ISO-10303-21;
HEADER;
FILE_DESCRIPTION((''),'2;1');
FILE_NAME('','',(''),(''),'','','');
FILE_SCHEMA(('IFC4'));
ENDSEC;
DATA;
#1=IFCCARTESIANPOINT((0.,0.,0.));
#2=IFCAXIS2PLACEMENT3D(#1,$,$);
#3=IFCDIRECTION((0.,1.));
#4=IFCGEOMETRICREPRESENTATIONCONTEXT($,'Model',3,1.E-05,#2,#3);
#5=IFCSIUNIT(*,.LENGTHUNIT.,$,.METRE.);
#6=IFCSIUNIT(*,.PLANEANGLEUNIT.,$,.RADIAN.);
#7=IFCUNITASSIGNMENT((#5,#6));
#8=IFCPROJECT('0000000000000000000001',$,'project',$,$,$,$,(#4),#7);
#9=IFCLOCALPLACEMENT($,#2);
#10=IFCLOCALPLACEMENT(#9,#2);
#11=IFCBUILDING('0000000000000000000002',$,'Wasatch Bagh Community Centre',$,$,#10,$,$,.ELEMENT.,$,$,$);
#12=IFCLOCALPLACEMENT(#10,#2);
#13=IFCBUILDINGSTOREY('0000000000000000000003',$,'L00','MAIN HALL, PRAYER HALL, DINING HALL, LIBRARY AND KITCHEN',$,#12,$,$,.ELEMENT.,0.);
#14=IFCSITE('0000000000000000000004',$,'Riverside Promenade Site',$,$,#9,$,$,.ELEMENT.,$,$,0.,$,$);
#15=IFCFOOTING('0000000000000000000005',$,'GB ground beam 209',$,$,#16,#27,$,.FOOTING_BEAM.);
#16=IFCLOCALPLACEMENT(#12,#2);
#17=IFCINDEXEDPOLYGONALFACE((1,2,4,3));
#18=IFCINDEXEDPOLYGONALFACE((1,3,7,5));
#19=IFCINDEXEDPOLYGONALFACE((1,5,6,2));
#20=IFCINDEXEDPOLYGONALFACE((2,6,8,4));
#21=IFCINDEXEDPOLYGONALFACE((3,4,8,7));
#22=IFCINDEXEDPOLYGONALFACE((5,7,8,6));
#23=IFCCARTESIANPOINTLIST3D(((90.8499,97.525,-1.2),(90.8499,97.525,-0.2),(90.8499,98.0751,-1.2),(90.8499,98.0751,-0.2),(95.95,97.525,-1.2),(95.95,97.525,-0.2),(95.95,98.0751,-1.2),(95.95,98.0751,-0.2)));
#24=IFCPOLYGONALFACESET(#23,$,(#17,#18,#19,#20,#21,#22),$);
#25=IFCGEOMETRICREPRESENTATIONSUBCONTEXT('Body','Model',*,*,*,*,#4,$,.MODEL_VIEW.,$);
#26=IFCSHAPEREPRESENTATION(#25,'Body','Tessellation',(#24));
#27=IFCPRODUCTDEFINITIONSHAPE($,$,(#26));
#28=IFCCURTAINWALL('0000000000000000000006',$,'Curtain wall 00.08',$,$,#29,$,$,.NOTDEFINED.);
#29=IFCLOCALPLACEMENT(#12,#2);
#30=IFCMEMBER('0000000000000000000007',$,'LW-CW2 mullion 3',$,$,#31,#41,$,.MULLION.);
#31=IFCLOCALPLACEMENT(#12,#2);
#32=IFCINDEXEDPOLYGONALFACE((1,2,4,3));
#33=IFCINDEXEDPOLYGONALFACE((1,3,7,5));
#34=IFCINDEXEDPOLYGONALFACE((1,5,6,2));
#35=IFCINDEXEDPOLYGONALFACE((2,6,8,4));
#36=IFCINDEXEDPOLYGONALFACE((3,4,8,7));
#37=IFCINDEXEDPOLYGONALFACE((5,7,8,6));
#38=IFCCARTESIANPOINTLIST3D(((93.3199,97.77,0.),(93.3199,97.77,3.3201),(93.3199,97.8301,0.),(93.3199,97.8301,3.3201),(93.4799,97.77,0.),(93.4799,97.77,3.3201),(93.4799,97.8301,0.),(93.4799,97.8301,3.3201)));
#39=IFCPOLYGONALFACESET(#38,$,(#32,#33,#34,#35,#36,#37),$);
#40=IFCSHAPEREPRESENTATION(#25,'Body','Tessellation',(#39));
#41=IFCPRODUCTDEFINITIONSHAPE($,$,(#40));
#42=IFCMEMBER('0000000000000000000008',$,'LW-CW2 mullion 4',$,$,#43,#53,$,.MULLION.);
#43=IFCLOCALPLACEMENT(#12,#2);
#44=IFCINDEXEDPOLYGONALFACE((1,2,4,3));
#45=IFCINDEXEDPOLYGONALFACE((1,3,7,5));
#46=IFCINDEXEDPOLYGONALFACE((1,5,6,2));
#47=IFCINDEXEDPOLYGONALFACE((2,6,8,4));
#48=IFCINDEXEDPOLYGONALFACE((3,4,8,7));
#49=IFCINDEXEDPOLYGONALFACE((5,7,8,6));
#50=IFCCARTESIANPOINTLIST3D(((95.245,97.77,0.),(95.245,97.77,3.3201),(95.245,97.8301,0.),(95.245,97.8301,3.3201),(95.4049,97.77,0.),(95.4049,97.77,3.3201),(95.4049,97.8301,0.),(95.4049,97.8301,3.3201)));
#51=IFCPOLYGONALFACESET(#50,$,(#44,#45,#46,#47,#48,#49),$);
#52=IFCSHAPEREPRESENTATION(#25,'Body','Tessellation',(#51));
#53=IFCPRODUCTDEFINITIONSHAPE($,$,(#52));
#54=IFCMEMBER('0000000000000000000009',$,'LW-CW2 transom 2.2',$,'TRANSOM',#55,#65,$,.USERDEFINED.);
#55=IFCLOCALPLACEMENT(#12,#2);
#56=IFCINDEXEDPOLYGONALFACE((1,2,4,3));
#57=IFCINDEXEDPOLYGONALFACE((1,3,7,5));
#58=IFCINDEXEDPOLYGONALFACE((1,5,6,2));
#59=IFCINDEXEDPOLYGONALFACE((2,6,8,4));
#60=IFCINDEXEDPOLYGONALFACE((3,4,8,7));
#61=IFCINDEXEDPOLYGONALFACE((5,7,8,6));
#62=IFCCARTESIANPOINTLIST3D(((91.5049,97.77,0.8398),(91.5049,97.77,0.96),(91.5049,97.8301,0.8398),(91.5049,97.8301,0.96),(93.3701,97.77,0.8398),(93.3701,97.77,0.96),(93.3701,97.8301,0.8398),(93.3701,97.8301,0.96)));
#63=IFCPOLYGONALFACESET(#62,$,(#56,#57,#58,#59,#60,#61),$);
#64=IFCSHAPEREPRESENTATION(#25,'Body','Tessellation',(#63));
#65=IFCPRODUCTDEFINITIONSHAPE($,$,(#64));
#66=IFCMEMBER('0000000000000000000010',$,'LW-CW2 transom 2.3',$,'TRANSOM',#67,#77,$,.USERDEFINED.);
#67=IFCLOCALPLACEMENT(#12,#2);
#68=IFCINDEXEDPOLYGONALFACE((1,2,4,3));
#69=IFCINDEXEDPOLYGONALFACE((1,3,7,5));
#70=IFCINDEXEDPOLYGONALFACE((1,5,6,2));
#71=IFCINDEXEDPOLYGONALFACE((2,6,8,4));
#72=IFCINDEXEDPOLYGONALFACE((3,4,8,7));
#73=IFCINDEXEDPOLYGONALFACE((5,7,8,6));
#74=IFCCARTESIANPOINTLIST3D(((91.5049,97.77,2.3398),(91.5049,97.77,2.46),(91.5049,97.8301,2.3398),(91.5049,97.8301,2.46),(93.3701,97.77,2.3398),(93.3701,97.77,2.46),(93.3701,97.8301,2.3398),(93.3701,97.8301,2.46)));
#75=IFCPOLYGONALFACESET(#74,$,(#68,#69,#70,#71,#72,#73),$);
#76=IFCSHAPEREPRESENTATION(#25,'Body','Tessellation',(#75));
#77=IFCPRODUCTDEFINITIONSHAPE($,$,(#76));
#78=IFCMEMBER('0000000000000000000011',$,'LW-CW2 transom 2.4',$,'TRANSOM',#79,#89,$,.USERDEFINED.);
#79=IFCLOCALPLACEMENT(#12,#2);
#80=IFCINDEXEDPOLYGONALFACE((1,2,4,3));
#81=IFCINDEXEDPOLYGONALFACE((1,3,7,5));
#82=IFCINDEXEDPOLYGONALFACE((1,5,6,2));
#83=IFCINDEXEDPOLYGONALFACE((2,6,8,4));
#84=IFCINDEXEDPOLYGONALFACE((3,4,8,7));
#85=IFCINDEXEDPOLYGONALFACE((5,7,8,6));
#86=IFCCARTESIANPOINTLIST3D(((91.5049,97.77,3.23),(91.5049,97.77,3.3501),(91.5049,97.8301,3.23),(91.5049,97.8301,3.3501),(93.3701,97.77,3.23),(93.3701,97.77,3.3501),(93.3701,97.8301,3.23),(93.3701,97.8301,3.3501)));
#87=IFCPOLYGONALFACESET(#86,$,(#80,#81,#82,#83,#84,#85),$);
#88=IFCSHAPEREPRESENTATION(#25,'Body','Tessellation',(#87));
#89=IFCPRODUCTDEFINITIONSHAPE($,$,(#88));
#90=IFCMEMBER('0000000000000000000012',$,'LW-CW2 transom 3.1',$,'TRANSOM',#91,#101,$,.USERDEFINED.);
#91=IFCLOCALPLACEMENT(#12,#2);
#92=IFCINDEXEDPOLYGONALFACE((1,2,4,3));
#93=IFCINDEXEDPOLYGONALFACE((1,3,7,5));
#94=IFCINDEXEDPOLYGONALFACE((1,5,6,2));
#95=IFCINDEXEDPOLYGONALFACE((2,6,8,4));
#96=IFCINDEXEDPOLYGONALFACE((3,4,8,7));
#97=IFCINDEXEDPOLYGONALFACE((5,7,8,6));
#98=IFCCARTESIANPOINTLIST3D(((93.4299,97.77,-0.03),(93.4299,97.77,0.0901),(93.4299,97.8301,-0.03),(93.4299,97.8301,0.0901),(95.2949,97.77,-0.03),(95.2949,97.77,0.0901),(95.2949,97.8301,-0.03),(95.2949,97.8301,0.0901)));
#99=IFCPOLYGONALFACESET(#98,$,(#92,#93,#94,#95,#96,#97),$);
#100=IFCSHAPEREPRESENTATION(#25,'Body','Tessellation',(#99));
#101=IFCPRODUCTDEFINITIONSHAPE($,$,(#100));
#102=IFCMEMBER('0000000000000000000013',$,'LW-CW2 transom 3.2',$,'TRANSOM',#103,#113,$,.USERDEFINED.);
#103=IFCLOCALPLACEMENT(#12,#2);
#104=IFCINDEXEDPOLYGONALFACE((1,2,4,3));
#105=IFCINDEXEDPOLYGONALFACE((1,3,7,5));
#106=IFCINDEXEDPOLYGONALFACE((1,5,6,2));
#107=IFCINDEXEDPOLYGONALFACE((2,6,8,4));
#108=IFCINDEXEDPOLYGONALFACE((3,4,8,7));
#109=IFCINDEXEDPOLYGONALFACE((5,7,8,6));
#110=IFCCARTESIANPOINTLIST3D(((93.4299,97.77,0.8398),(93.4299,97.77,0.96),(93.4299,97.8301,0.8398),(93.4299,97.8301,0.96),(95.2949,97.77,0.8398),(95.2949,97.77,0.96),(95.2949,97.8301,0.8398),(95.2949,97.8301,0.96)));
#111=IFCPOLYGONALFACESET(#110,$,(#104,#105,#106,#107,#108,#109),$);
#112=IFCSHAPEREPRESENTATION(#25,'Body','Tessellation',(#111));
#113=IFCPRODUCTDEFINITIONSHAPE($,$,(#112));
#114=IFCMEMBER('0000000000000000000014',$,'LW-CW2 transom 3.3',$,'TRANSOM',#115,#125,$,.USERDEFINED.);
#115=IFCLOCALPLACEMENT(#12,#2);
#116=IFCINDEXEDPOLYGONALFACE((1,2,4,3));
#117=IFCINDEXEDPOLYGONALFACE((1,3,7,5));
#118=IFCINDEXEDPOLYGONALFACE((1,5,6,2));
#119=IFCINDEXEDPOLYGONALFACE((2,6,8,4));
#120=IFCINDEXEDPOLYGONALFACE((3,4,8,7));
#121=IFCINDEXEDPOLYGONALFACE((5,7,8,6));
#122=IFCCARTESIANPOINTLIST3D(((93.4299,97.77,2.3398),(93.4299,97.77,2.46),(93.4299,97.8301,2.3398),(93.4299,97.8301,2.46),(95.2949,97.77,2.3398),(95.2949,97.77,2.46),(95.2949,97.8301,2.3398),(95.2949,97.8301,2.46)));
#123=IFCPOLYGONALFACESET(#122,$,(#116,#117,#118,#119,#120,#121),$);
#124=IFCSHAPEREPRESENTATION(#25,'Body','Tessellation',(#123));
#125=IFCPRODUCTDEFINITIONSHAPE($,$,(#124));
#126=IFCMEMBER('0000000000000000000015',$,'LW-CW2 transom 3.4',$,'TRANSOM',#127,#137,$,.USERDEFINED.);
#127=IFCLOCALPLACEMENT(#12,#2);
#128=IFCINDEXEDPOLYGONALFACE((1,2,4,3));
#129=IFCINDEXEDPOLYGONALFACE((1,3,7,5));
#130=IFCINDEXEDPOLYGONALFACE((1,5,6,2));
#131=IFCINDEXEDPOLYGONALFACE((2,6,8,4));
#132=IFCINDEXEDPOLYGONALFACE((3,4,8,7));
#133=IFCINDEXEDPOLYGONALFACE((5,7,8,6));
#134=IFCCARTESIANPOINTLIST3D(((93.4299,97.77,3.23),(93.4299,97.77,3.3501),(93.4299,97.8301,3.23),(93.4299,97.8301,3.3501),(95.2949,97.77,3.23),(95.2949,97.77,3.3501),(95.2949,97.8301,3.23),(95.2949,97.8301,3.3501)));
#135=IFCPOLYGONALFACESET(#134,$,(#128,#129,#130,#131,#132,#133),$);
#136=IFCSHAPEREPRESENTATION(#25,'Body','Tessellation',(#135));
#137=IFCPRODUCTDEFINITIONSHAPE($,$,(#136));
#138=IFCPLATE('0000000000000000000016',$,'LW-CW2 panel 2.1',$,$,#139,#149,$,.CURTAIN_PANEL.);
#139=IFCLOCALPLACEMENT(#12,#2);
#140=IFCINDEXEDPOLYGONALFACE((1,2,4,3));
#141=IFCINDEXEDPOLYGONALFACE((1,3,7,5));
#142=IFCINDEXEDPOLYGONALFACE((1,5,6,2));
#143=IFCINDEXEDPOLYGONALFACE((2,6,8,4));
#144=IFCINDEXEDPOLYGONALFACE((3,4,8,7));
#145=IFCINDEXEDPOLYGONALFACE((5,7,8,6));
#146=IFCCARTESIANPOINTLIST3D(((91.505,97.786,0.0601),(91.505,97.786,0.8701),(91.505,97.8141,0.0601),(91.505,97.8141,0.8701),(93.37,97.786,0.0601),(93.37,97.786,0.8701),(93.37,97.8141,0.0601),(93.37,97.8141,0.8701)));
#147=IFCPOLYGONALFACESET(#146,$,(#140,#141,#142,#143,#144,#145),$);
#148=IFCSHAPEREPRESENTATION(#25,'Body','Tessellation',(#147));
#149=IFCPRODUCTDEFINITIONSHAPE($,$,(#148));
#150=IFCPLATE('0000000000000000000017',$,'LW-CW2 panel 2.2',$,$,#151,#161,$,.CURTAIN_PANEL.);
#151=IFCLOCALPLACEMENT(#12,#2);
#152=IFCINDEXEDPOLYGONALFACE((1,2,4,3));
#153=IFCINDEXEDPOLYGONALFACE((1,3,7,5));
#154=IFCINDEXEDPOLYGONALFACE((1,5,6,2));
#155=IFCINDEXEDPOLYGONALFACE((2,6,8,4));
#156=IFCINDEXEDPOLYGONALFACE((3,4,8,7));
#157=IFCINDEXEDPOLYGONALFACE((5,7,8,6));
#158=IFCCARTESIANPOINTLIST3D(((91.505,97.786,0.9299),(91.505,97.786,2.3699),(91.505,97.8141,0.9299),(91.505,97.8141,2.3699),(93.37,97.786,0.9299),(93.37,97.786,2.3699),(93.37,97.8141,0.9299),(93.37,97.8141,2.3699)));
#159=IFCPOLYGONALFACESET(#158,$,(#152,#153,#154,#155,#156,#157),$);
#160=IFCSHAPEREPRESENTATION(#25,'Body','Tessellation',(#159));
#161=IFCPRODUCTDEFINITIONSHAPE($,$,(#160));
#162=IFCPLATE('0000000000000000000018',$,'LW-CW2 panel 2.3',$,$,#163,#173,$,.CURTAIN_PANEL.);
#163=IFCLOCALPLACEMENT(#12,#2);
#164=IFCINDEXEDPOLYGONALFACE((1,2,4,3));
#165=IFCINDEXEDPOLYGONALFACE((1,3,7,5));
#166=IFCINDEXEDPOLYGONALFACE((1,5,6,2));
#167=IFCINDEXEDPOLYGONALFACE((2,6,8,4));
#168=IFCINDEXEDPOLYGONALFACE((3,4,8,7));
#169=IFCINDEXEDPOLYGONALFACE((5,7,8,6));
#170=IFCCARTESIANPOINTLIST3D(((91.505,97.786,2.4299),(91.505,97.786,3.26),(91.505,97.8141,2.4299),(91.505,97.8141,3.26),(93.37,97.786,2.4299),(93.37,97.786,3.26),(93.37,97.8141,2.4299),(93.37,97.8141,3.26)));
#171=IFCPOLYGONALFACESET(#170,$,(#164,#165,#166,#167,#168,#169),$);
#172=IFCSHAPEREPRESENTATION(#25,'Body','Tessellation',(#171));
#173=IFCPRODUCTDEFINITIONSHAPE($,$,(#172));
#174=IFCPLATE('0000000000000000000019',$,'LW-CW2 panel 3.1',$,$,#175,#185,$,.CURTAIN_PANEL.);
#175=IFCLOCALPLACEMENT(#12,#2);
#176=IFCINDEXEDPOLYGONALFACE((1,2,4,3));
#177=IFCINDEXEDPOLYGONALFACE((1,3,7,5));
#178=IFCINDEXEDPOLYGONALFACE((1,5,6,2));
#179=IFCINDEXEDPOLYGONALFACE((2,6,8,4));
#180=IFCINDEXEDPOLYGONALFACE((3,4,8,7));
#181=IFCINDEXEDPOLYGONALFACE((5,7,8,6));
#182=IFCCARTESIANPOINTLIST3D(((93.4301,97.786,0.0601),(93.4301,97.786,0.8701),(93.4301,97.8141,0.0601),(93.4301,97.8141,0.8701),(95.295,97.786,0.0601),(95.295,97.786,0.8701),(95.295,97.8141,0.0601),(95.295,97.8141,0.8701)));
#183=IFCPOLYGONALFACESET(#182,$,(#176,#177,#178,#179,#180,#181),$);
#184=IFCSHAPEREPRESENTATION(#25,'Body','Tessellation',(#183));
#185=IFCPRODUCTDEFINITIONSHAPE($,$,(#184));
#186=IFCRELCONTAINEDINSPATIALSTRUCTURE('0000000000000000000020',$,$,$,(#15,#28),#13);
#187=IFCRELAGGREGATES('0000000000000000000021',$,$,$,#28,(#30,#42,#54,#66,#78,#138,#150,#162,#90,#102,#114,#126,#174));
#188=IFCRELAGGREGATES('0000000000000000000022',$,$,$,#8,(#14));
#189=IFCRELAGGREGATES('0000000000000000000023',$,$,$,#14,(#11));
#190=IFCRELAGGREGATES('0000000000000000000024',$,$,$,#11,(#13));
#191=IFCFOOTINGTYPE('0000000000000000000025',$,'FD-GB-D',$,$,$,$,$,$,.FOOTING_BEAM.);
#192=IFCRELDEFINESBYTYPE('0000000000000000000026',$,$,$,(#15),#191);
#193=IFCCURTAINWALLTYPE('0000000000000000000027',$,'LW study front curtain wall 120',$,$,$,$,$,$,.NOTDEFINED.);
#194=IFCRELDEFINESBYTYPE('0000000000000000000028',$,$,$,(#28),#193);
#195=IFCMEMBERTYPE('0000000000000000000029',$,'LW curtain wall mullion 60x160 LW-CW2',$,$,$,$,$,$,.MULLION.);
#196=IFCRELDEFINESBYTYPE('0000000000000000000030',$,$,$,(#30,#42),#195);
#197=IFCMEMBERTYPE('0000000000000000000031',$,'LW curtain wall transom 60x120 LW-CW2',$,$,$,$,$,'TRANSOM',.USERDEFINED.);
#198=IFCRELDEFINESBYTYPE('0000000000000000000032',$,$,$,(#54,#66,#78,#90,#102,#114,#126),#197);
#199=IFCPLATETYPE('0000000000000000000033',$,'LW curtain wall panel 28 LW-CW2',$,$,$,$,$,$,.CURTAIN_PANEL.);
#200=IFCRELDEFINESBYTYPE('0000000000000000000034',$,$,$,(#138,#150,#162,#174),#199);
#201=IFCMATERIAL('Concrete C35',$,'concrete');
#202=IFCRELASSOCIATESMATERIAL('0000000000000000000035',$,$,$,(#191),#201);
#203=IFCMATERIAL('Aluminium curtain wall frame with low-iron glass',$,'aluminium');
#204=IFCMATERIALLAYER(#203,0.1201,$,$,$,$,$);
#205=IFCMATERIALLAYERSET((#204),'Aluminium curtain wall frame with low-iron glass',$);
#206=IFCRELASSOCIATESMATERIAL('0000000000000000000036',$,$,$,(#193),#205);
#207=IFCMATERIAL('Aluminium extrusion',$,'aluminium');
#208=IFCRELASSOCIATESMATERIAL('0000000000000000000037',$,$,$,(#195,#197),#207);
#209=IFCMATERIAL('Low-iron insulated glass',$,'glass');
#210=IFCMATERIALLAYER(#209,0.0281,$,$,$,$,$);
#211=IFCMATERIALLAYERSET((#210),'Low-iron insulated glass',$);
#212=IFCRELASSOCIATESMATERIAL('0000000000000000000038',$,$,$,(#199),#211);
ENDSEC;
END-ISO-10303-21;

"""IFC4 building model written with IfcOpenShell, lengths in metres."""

from ifc_helpers import new_model, si_unit, direction, frame, origin, origin_2d, place, context, subcontext, project, spatial, rectangle, extrude, material, layer, layer_set, material_profile, profile_set, type_object, element, aggregate, save


model = new_model("IFC4")

# Units and contexts
model_context = context("Model", 3, precision=1e-05, world=origin(), true_north=direction((0.0, 1.0)))
body_context = subcontext(model_context, "Body", "Model", "MODEL_VIEW")
ifc_project = project(units=[si_unit("LENGTHUNIT", "METRE"), si_unit("PLANEANGLEUNIT", "RADIAN")], contexts=[model_context])

# Site, building, storey
site_placement = place(None, origin())
site = spatial("IfcSite", under=ifc_project, at=site_placement, Name="Riverside Promenade Site", CompositionType="ELEMENT", RefElevation=0.0)
building_placement = place(site_placement, origin())
building = spatial("IfcBuilding", under=site, at=building_placement, Name="Wasatch Bagh Community Centre", CompositionType="ELEMENT")
storey_placement = place(building_placement, origin())
storey = spatial("IfcBuildingStorey", under=building, at=storey_placement, Name="L00", Description="MAIN HALL, PRAYER HALL, DINING HALL, LIBRARY AND KITCHEN", CompositionType="ELEMENT", Elevation=0.0)

# Footing
ifc_material_1 = material(Name="Concrete C35", Category="concrete")
footing_type = type_object("IfcFootingType", Name="FD-GB-D", PredefinedType="FOOTING_BEAM", material=ifc_material_1)
footing_placement = place(storey_placement, frame((93.3999, 97.8, -1.2), z_axis=(0.0, 0.0, 1.0), x_axis=(1.0, 0.0, 0.0)))
element("IfcFooting", 1, at=footing_placement, inside=storey, type_object=footing_type, Name="GB ground beam 209", PredefinedType="FOOTING_BEAM", context=body_context, shape_type="SweptSolid", body=[
    extrude(rectangle(XDim=5.1001, YDim=0.55, at=origin_2d()), origin(), (0.0, 0.0, 1.0), 1.0),
])

# Curtain wall, members, plates
ifc_material_2 = material(Name="Aluminium curtain wall frame with low-iron glass", Category="aluminium")
ifc_layer_1 = layer(ifc_material_2, 0.1201)
ifc_layer_set_1 = layer_set([ifc_layer_1], Name="Aluminium curtain wall frame with low-iron glass")
curtain_wall_type = type_object("IfcCurtainWallType", Name="LW study front curtain wall 120", PredefinedType="NOTDEFINED", material=ifc_layer_set_1)
curtain_wall_placement = place(storey_placement, origin())
curtain_wall = element("IfcCurtainWall", 2, at=curtain_wall_placement, inside=storey, type_object=curtain_wall_type, Name="Curtain wall 00.08", PredefinedType="NOTDEFINED")
ifc_material_3 = material(Name="Aluminium extrusion", Category="aluminium")
ifc_material_profile_1 = material_profile(ifc_material_3, rectangle(XDim=0.0601, YDim=0.1599, at=origin_2d()), Name="AL 60x160")
ifc_profile_set_1 = profile_set([ifc_material_profile_1], Name="Aluminium extrusion")
member_type_1 = type_object("IfcMemberType", Name="LW curtain wall mullion 60x160 LW-CW2", PredefinedType="MULLION", material=ifc_profile_set_1)
member_1_placement = place(storey_placement, frame((93.3999, 97.8, 0.0), z_axis=(0.0, 0.0, 1.0), x_axis=(0.0, 1.0, 0.0)))
member_1 = element("IfcMember", 3, at=member_1_placement, type_object=member_type_1, Name="LW-CW2 mullion 3", PredefinedType="MULLION", context=body_context, shape_type="SweptSolid", body=[
    extrude(rectangle(XDim=0.0601, YDim=0.1599, at=origin_2d()), origin(), (0.0, 0.0, 1.0), 3.3201),
])
member_2_placement = place(storey_placement, frame((95.325, 97.8, 0.0), z_axis=(0.0, 0.0, 1.0), x_axis=(0.0, 1.0, 0.0)))
member_2 = element("IfcMember", 4, at=member_2_placement, type_object=member_type_1, Name="LW-CW2 mullion 4", PredefinedType="MULLION", context=body_context, shape_type="SweptSolid", body=[
    extrude(rectangle(XDim=0.0601, YDim=0.1599, at=origin_2d()), origin(), (0.0, 0.0, 1.0), 3.3201),
])
ifc_material_profile_2 = material_profile(ifc_material_3, rectangle(XDim=0.0601, YDim=0.1201, at=origin_2d()), Name="AL 60x120")
ifc_profile_set_2 = profile_set([ifc_material_profile_2], Name="Aluminium extrusion")
member_type_2 = type_object("IfcMemberType", Name="LW curtain wall transom 60x120 LW-CW2", ElementType="TRANSOM", PredefinedType="USERDEFINED", material=ifc_profile_set_2)
member_3_placement = place(storey_placement, frame((91.5049, 97.8, 0.8999), z_axis=(1.0, 0.0, 0.0), x_axis=(0.0, 1.0, 0.0)))
member_3 = element("IfcMember", 5, at=member_3_placement, type_object=member_type_2, Name="LW-CW2 transom 2.2", ObjectType="TRANSOM", PredefinedType="USERDEFINED", context=body_context, shape_type="SweptSolid", body=[
    extrude(rectangle(XDim=0.0601, YDim=0.1201, at=origin_2d()), origin(), (0.0, 0.0, 1.0), 1.8652),
])
member_4_placement = place(storey_placement, frame((91.5049, 97.8, 2.3999), z_axis=(1.0, 0.0, 0.0), x_axis=(0.0, 1.0, 0.0)))
member_4 = element("IfcMember", 6, at=member_4_placement, type_object=member_type_2, Name="LW-CW2 transom 2.3", ObjectType="TRANSOM", PredefinedType="USERDEFINED", context=body_context, shape_type="SweptSolid", body=[
    extrude(rectangle(XDim=0.0601, YDim=0.1201, at=origin_2d()), origin(), (0.0, 0.0, 1.0), 1.8652),
])
member_5_placement = place(storey_placement, frame((91.5049, 97.8, 3.29), z_axis=(1.0, 0.0, 0.0), x_axis=(0.0, 1.0, 0.0)))
member_5 = element("IfcMember", 7, at=member_5_placement, type_object=member_type_2, Name="LW-CW2 transom 2.4", ObjectType="TRANSOM", PredefinedType="USERDEFINED", context=body_context, shape_type="SweptSolid", body=[
    extrude(rectangle(XDim=0.0601, YDim=0.1201, at=origin_2d()), origin(), (0.0, 0.0, 1.0), 1.8652),
])
member_6_placement = place(storey_placement, frame((93.4299, 97.8, 0.03), z_axis=(1.0, 0.0, 0.0), x_axis=(0.0, 1.0, 0.0)))
member_6 = element("IfcMember", 8, at=member_6_placement, type_object=member_type_2, Name="LW-CW2 transom 3.1", ObjectType="TRANSOM", PredefinedType="USERDEFINED", context=body_context, shape_type="SweptSolid", body=[
    extrude(rectangle(XDim=0.0601, YDim=0.1201, at=origin_2d()), origin(), (0.0, 0.0, 1.0), 1.865),
])
member_7_placement = place(storey_placement, frame((93.4299, 97.8, 0.8999), z_axis=(1.0, 0.0, 0.0), x_axis=(0.0, 1.0, 0.0)))
member_7 = element("IfcMember", 9, at=member_7_placement, type_object=member_type_2, Name="LW-CW2 transom 3.2", ObjectType="TRANSOM", PredefinedType="USERDEFINED", context=body_context, shape_type="SweptSolid", body=[
    extrude(rectangle(XDim=0.0601, YDim=0.1201, at=origin_2d()), origin(), (0.0, 0.0, 1.0), 1.865),
])
member_8_placement = place(storey_placement, frame((93.4299, 97.8, 2.3999), z_axis=(1.0, 0.0, 0.0), x_axis=(0.0, 1.0, 0.0)))
member_8 = element("IfcMember", 10, at=member_8_placement, type_object=member_type_2, Name="LW-CW2 transom 3.3", ObjectType="TRANSOM", PredefinedType="USERDEFINED", context=body_context, shape_type="SweptSolid", body=[
    extrude(rectangle(XDim=0.0601, YDim=0.1201, at=origin_2d()), origin(), (0.0, 0.0, 1.0), 1.865),
])
member_9_placement = place(storey_placement, frame((93.4299, 97.8, 3.29), z_axis=(1.0, 0.0, 0.0), x_axis=(0.0, 1.0, 0.0)))
member_9 = element("IfcMember", 11, at=member_9_placement, type_object=member_type_2, Name="LW-CW2 transom 3.4", ObjectType="TRANSOM", PredefinedType="USERDEFINED", context=body_context, shape_type="SweptSolid", body=[
    extrude(rectangle(XDim=0.0601, YDim=0.1201, at=origin_2d()), origin(), (0.0, 0.0, 1.0), 1.865),
])
ifc_material_4 = material(Name="Low-iron insulated glass", Category="glass")
ifc_layer_2 = layer(ifc_material_4, 0.0281)
ifc_layer_set_2 = layer_set([ifc_layer_2], Name="Low-iron insulated glass")
plate_type_1 = type_object("IfcPlateType", Name="LW curtain wall panel 28 LW-CW2", PredefinedType="CURTAIN_PANEL", material=ifc_layer_set_2)
plate_1_placement = place(storey_placement, frame((92.4375, 97.8, 0.0601), z_axis=(0.0, 0.0, 1.0), x_axis=(1.0, 0.0, 0.0)))
plate_1 = element("IfcPlate", 12, at=plate_1_placement, type_object=plate_type_1, Name="LW-CW2 panel 2.1", PredefinedType="CURTAIN_PANEL", context=body_context, shape_type="SweptSolid", body=[
    extrude(rectangle(XDim=1.865, YDim=0.0281, at=origin_2d()), origin(), (0.0, 0.0, 1.0), 0.8101),
])
plate_2_placement = place(storey_placement, frame((92.4375, 97.8, 0.9299), z_axis=(0.0, 0.0, 1.0), x_axis=(1.0, 0.0, 0.0)))
plate_2 = element("IfcPlate", 13, at=plate_2_placement, type_object=plate_type_1, Name="LW-CW2 panel 2.2", PredefinedType="CURTAIN_PANEL", context=body_context, shape_type="SweptSolid", body=[
    extrude(rectangle(XDim=1.865, YDim=0.0281, at=origin_2d()), origin(), (0.0, 0.0, 1.0), 1.4399),
])
plate_3_placement = place(storey_placement, frame((92.4375, 97.8, 2.4299), z_axis=(0.0, 0.0, 1.0), x_axis=(1.0, 0.0, 0.0)))
plate_3 = element("IfcPlate", 14, at=plate_3_placement, type_object=plate_type_1, Name="LW-CW2 panel 2.3", PredefinedType="CURTAIN_PANEL", context=body_context, shape_type="SweptSolid", body=[
    extrude(rectangle(XDim=1.865, YDim=0.0281, at=origin_2d()), origin(), (0.0, 0.0, 1.0), 0.8301),
])
plate_4_placement = place(storey_placement, frame((94.3625, 97.8, 0.0601), z_axis=(0.0, 0.0, 1.0), x_axis=(1.0, 0.0, 0.0)))
plate_4 = element("IfcPlate", 15, at=plate_4_placement, type_object=plate_type_1, Name="LW-CW2 panel 3.1", PredefinedType="CURTAIN_PANEL", context=body_context, shape_type="SweptSolid", body=[
    extrude(rectangle(XDim=1.865, YDim=0.0281, at=origin_2d()), origin(), (0.0, 0.0, 1.0), 0.8101),
])
aggregate(curtain_wall, [member_1, member_2, member_3, member_4, member_5, plate_1, plate_2, plate_3, member_6, member_7, member_8, member_9, plate_4])

save(model, "model.ifc")
